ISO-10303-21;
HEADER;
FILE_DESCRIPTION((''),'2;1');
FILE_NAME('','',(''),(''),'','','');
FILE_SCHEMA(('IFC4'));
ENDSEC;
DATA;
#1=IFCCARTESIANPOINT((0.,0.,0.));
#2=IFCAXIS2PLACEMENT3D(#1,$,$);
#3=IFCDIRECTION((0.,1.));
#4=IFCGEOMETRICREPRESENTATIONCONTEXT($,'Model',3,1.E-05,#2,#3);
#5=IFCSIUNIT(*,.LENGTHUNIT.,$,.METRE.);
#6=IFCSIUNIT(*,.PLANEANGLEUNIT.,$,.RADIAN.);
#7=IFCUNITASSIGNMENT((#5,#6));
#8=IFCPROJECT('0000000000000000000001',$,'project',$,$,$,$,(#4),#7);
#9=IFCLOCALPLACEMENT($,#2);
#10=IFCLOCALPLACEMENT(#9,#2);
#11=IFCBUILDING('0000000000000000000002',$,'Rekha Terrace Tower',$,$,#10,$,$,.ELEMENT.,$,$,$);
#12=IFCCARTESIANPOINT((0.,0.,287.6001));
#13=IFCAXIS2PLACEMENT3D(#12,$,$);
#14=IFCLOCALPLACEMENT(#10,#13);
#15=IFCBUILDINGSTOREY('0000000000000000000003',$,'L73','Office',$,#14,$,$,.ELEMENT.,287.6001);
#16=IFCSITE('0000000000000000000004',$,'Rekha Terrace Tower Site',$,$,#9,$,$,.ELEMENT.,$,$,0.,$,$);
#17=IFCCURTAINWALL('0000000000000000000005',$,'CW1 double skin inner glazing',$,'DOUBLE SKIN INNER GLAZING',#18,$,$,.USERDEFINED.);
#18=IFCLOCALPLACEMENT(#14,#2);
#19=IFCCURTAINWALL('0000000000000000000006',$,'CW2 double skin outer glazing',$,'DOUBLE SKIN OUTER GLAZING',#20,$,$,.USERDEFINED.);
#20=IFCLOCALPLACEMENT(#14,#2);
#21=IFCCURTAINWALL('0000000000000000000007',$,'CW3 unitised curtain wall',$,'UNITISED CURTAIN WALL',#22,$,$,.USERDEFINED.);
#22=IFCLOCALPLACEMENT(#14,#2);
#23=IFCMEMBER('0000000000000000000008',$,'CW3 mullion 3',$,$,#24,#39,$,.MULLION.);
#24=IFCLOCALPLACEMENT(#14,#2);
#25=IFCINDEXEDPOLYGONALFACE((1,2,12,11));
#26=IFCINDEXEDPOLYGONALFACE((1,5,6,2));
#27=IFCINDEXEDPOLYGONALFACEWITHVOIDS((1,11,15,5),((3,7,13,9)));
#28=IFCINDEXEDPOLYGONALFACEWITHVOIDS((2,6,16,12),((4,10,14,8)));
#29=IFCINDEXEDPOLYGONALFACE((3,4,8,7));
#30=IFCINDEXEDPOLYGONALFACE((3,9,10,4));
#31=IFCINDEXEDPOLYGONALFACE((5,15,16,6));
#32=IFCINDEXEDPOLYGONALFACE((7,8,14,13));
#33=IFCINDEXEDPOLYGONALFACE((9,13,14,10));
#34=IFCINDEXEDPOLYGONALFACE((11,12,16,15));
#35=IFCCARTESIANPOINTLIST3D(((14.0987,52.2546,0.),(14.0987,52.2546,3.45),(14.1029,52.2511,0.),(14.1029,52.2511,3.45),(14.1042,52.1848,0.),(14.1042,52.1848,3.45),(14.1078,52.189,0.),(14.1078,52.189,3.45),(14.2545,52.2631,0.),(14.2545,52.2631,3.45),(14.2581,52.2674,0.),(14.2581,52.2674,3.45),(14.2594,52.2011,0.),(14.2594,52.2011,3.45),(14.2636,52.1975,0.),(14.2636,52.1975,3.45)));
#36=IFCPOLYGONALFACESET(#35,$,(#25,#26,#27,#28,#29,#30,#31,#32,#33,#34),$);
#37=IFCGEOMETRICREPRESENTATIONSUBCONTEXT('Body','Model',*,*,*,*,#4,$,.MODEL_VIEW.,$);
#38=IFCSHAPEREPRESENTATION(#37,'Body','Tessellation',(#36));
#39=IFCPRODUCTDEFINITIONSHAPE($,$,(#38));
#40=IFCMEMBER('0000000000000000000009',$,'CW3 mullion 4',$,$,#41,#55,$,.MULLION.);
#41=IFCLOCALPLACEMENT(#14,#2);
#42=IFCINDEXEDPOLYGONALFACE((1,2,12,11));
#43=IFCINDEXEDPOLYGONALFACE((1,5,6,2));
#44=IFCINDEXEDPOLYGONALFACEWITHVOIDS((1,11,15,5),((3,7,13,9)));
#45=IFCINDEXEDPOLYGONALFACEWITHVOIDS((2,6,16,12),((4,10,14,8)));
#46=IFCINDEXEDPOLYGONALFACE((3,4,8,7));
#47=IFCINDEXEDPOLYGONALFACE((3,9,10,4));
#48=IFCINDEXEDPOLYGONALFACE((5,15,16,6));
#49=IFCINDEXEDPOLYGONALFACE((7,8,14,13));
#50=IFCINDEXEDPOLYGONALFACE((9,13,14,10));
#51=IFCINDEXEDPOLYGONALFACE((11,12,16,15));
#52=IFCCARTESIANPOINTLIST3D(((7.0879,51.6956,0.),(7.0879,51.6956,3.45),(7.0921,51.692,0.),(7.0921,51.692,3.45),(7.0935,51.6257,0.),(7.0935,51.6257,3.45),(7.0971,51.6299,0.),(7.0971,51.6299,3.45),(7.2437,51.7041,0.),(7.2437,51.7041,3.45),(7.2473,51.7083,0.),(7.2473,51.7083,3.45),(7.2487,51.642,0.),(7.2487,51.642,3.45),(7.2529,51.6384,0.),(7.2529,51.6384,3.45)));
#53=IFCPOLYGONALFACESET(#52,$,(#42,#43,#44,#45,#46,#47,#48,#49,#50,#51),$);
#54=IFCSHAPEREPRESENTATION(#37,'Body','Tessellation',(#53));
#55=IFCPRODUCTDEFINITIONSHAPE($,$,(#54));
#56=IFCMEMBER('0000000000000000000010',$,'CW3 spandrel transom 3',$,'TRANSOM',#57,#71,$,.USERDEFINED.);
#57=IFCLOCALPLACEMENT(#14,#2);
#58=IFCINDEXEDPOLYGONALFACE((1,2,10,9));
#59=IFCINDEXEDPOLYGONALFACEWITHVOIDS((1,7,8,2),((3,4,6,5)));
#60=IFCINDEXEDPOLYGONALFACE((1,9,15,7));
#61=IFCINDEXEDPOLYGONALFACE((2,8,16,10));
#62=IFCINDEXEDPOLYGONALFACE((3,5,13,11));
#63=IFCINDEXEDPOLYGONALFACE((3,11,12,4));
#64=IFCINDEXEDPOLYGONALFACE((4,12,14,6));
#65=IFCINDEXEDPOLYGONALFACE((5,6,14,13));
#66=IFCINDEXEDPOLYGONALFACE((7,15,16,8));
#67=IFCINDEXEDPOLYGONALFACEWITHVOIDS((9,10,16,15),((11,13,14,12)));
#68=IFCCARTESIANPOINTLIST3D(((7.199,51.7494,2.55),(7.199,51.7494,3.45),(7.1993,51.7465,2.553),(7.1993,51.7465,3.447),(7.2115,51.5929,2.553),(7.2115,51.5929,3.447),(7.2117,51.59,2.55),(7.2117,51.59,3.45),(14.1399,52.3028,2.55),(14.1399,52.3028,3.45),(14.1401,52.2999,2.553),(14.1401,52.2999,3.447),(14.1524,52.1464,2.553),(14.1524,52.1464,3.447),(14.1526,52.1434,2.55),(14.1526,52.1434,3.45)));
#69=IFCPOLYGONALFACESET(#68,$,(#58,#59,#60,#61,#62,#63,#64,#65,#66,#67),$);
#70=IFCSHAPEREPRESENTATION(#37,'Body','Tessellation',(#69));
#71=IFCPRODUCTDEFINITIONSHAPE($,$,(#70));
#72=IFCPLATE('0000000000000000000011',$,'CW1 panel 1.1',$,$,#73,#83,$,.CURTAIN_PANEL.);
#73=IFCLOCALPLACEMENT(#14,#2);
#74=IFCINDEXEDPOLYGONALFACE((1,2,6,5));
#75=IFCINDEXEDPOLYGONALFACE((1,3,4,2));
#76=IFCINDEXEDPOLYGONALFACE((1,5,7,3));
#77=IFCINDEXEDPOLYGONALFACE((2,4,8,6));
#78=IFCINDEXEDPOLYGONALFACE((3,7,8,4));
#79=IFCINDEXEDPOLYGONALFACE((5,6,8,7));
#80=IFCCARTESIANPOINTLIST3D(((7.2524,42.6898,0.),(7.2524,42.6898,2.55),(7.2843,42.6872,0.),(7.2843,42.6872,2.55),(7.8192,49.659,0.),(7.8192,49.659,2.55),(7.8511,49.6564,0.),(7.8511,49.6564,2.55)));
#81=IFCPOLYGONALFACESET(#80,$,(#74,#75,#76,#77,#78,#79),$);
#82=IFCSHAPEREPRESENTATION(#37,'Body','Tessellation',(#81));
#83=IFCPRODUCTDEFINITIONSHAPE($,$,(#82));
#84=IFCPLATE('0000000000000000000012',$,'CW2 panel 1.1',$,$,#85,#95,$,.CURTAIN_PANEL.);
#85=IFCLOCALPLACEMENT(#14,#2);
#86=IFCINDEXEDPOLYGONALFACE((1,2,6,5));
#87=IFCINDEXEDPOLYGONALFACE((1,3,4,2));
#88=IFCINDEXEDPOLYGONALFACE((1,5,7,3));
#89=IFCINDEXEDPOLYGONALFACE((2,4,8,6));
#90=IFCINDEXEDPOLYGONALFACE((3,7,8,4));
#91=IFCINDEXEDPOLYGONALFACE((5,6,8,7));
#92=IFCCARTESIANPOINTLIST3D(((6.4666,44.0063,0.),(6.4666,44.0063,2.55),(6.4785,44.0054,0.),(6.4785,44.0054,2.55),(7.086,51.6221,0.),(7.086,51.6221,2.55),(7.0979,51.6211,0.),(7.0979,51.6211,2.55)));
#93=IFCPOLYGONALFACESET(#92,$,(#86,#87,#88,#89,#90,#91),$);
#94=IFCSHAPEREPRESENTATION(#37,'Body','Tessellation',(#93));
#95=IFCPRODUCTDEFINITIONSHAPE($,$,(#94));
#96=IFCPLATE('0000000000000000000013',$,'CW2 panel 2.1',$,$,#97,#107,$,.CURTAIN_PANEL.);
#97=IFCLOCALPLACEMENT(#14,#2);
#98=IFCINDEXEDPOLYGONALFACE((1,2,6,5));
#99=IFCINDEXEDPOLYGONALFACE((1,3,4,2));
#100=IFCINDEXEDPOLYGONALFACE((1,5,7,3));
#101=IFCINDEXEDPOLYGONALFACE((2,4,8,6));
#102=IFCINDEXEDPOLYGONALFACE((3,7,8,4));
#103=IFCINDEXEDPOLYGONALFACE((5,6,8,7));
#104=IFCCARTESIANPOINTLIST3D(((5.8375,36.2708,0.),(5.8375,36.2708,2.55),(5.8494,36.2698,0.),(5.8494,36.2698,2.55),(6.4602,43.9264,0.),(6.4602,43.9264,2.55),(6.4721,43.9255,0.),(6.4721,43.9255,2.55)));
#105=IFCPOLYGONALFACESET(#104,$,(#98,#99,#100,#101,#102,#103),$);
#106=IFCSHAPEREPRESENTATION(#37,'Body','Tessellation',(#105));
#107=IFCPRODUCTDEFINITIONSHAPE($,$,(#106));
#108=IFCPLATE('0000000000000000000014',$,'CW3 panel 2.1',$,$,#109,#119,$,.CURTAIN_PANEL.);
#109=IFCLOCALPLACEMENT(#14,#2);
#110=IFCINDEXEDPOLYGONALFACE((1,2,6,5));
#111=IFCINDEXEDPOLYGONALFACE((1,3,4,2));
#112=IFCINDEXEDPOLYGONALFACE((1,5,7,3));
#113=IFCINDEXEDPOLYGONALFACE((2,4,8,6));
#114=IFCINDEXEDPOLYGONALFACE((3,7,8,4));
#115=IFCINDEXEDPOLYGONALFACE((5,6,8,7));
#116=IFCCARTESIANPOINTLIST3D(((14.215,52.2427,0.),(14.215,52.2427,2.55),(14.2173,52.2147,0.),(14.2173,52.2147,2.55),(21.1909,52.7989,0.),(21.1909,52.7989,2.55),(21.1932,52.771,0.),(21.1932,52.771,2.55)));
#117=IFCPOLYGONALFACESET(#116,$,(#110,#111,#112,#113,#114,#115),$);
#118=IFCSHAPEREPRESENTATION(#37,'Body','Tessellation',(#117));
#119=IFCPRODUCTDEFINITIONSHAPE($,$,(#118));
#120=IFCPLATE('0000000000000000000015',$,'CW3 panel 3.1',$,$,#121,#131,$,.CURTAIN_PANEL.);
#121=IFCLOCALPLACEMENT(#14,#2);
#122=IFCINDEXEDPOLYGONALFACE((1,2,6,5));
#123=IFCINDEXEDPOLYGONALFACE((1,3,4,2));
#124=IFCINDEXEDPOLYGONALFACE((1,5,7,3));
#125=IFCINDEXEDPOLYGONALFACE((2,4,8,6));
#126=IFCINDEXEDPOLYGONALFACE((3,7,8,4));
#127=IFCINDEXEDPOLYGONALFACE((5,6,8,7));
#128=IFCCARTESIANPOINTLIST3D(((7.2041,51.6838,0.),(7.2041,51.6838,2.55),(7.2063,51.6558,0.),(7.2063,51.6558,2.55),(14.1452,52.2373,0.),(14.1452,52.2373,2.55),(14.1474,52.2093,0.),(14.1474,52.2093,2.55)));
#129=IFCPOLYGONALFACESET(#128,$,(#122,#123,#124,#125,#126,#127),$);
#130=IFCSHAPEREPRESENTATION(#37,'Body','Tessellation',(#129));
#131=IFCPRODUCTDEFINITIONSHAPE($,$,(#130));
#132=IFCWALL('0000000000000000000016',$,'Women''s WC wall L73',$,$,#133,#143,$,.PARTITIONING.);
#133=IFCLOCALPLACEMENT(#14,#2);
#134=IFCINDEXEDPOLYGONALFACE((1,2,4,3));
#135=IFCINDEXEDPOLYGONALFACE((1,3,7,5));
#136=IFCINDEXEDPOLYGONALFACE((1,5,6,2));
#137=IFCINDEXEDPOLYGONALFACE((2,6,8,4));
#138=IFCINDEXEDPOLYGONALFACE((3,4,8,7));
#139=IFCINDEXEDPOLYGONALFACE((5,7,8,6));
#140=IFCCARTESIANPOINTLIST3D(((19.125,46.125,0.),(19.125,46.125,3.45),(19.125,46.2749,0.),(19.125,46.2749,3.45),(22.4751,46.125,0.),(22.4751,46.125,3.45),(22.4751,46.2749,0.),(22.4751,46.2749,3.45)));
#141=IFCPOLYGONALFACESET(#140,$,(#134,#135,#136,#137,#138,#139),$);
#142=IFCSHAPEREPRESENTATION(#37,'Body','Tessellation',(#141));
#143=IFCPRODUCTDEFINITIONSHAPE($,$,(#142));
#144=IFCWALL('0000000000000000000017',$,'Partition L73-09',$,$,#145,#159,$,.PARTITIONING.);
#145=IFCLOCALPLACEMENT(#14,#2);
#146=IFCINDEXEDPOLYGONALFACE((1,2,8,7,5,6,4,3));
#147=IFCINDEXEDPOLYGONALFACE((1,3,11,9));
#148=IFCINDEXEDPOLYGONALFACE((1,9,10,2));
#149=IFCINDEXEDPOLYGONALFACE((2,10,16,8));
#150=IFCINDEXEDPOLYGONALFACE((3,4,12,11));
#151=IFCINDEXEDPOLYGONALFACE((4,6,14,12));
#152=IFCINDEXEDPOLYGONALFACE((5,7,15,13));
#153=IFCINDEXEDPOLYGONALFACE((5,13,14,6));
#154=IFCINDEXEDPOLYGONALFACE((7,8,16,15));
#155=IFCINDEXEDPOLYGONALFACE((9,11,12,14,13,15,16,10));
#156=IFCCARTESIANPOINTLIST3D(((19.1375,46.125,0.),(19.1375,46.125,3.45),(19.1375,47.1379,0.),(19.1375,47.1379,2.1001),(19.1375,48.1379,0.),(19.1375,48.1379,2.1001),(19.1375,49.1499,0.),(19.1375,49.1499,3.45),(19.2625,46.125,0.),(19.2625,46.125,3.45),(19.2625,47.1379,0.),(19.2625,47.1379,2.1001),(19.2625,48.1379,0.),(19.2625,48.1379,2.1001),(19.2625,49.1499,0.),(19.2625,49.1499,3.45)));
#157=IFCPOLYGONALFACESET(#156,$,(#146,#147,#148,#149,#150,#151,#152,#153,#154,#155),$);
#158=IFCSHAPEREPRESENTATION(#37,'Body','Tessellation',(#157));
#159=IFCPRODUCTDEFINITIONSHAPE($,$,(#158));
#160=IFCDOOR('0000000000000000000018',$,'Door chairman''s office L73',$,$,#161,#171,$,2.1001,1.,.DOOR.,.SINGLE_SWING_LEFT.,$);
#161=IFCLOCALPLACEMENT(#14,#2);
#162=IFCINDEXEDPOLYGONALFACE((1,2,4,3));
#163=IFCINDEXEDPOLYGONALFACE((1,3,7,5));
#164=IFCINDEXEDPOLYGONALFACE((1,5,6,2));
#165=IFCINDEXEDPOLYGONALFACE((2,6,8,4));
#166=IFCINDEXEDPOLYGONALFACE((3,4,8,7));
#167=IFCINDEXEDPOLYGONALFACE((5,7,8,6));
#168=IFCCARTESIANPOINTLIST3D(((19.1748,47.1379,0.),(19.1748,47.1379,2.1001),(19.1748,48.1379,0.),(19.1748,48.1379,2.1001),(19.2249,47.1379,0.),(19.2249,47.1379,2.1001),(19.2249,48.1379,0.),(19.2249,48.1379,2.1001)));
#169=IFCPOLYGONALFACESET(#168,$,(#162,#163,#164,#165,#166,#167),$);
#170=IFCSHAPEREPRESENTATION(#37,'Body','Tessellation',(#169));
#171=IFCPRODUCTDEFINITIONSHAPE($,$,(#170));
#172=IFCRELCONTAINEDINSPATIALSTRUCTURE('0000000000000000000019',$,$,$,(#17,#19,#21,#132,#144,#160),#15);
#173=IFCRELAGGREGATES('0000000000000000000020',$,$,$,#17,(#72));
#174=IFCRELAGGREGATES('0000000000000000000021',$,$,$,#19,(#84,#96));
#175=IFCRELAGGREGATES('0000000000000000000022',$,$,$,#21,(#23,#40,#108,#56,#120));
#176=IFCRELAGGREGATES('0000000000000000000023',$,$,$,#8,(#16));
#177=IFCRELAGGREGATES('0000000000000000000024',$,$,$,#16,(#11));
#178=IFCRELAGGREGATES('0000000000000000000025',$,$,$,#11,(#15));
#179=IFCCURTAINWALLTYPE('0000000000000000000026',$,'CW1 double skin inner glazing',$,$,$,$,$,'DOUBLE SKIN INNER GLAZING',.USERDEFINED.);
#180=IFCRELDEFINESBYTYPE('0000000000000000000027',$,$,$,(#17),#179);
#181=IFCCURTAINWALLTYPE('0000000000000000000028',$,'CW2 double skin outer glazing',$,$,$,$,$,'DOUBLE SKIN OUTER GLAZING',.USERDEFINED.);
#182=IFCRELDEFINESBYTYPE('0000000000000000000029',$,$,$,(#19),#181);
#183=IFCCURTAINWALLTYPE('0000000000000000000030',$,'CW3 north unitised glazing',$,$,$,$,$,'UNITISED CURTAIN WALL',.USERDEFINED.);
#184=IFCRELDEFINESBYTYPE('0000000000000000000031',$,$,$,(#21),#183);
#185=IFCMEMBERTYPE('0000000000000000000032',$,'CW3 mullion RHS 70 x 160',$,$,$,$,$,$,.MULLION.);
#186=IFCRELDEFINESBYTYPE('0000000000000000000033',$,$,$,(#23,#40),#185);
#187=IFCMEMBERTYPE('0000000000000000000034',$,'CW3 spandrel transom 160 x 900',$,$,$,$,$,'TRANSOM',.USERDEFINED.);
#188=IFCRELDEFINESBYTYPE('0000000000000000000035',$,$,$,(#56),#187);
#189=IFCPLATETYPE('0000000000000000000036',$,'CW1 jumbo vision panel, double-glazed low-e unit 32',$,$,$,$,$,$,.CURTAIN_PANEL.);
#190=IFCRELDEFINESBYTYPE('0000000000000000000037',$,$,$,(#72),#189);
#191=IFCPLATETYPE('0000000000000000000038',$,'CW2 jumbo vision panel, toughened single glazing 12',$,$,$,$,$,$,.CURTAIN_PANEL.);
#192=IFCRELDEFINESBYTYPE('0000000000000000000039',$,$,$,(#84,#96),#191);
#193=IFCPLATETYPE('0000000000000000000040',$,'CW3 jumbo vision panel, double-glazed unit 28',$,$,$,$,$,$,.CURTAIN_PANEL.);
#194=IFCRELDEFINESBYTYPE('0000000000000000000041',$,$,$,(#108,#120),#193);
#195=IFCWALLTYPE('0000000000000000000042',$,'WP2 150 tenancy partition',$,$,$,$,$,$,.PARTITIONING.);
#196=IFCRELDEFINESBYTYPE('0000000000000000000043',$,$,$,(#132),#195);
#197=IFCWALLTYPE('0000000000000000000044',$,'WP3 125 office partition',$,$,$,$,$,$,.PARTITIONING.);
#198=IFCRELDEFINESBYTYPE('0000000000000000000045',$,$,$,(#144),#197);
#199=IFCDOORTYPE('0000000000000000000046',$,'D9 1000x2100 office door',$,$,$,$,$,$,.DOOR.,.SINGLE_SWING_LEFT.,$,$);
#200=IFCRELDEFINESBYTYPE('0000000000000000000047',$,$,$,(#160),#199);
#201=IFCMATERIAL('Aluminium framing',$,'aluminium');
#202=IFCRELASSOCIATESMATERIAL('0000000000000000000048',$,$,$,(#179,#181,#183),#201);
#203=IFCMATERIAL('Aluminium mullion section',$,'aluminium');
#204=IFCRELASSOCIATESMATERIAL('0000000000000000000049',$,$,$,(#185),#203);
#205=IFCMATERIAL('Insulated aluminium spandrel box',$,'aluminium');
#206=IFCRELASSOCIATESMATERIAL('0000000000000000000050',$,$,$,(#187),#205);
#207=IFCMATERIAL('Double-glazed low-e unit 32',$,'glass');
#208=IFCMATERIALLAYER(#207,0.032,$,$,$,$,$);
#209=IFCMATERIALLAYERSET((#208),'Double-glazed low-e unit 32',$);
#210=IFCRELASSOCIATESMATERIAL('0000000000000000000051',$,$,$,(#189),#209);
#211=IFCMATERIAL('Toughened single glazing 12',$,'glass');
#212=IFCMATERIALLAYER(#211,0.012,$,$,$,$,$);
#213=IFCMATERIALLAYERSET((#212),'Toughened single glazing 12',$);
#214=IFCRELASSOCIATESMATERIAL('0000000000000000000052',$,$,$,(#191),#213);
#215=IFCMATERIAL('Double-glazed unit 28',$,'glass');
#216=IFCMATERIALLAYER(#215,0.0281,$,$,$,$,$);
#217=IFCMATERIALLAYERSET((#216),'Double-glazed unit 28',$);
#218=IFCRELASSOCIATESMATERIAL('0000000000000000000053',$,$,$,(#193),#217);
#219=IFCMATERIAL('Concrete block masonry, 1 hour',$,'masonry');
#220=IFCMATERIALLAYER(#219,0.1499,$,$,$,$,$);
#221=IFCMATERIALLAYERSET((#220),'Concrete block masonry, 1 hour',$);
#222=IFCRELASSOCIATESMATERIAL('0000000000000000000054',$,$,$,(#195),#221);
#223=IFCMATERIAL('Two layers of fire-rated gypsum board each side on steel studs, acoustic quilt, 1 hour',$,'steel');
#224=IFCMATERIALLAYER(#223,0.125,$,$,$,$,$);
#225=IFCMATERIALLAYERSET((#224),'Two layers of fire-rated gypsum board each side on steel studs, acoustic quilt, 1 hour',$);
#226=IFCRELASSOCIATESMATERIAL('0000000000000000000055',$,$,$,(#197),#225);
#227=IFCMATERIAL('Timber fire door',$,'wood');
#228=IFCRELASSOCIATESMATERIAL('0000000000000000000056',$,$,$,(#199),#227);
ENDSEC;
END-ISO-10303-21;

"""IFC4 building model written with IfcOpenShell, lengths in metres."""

from ifc_helpers import new_model, si_unit, direction, frame, frame_2d, origin, origin_2d, place, context, subcontext, project, spatial, rectangle, hollow_rectangle, extrude, material, layer, layer_set, material_profile, profile_set, type_object, element, fill, aggregate, save


model = new_model("IFC4")

# Units and contexts
model_context = context("Model", 3, precision=1e-05, world=origin(), true_north=direction((0.0, 1.0)))
body_context = subcontext(model_context, "Body", "Model", "MODEL_VIEW")
ifc_project = project(units=[si_unit("LENGTHUNIT", "METRE"), si_unit("PLANEANGLEUNIT", "RADIAN")], contexts=[model_context])

# Site, building, storey
site_placement = place(None, origin())
site = spatial("IfcSite", under=ifc_project, at=site_placement, Name="Rekha Terrace Tower Site", CompositionType="ELEMENT", RefElevation=0.0)
building_placement = place(site_placement, origin())
building = spatial("IfcBuilding", under=site, at=building_placement, Name="Rekha Terrace Tower", CompositionType="ELEMENT")
storey_placement = place(building_placement, frame((0.0, 0.0, 287.6001)))
storey = spatial("IfcBuildingStorey", under=building, at=storey_placement, Name="L73", Description="Office", CompositionType="ELEMENT", Elevation=287.6001)

# Curtain walls, members
ifc_material_1 = material(Name="Aluminium framing", Category="aluminium")
curtain_wall_type_1 = type_object("IfcCurtainWallType", Name="CW1 double skin inner glazing", ElementType="DOUBLE SKIN INNER GLAZING", PredefinedType="USERDEFINED", material=ifc_material_1)
curtain_wall_1_placement = place(storey_placement, origin())
curtain_wall_1 = element("IfcCurtainWall", 1, at=curtain_wall_1_placement, inside=storey, type_object=curtain_wall_type_1, Name="CW1 double skin inner glazing", ObjectType="DOUBLE SKIN INNER GLAZING", PredefinedType="USERDEFINED")
ifc_material_2 = material(Name="Aluminium mullion section", Category="aluminium")
ifc_material_3 = material(Name="Insulated aluminium spandrel box", Category="aluminium")
curtain_wall_type_2 = type_object("IfcCurtainWallType", Name="CW2 double skin outer glazing", ElementType="DOUBLE SKIN OUTER GLAZING", PredefinedType="USERDEFINED", material=ifc_material_1)
curtain_wall_2_placement = place(storey_placement, origin())
curtain_wall_2 = element("IfcCurtainWall", 2, at=curtain_wall_2_placement, inside=storey, type_object=curtain_wall_type_2, Name="CW2 double skin outer glazing", ObjectType="DOUBLE SKIN OUTER GLAZING", PredefinedType="USERDEFINED")
curtain_wall_type_3 = type_object("IfcCurtainWallType", Name="CW3 north unitised glazing", ElementType="UNITISED CURTAIN WALL", PredefinedType="USERDEFINED", material=ifc_material_1)
curtain_wall_3_placement = place(storey_placement, origin())
curtain_wall_3 = element("IfcCurtainWall", 3, at=curtain_wall_3_placement, inside=storey, type_object=curtain_wall_type_3, Name="CW3 unitised curtain wall", ObjectType="UNITISED CURTAIN WALL", PredefinedType="USERDEFINED")
ifc_material_profile_1 = material_profile(ifc_material_2, hollow_rectangle(XDim=0.0701, YDim=0.1599, WallThickness=0.0039, at=origin_2d()), Name="AL RHS 70x160")
ifc_profile_set_1 = profile_set([ifc_material_profile_1], Name="Aluminium mullion section")
member_type_1 = type_object("IfcMemberType", Name="CW3 mullion RHS 70 x 160", PredefinedType="MULLION", material=ifc_profile_set_1)
member_1_placement = place(storey_placement, frame((14.1812, 52.2261, 0.0), z_axis=(0.0, 0.0, 1.0), x_axis=(0.079485, -0.996836, 0.0)))
member_1 = element("IfcMember", 4, at=member_1_placement, type_object=member_type_1, Name="CW3 mullion 3", PredefinedType="MULLION", context=body_context, shape_type="SweptSolid", body=[
    extrude(hollow_rectangle(XDim=0.0701, YDim=0.1599, WallThickness=0.0039, at=origin_2d()), origin(), (0.0, 0.0, 1.0), 3.45),
])
member_2_placement = place(storey_placement, frame((7.1704, 51.667, 0.0), z_axis=(0.0, 0.0, 1.0), x_axis=(0.079485, -0.996836, 0.0)))
member_2 = element("IfcMember", 5, at=member_2_placement, type_object=member_type_1, Name="CW3 mullion 4", PredefinedType="MULLION", context=body_context, shape_type="SweptSolid", body=[
    extrude(hollow_rectangle(XDim=0.0701, YDim=0.1599, WallThickness=0.0039, at=origin_2d()), origin(), (0.0, 0.0, 1.0), 3.45),
])
ifc_material_profile_2 = material_profile(ifc_material_3, hollow_rectangle(XDim=0.1599, YDim=0.8999, WallThickness=0.0029, at=origin_2d()), Name="AL SPANDREL BOX 160x900")
ifc_profile_set_2 = profile_set([ifc_material_profile_2], Name="Insulated aluminium spandrel box")
member_type_2 = type_object("IfcMemberType", Name="CW3 spandrel transom 160 x 900", ElementType="TRANSOM", PredefinedType="USERDEFINED", material=ifc_profile_set_2)
member_3_placement = place(storey_placement, frame((14.1462, 52.2231, 3.0), z_axis=(-0.996836, -0.079487, 0.0), x_axis=(0.079487, -0.996836, 0.0)))
member_3 = element("IfcMember", 6, at=member_3_placement, type_object=member_type_2, Name="CW3 spandrel transom 3", ObjectType="TRANSOM", PredefinedType="USERDEFINED", context=body_context, shape_type="SweptSolid", body=[
    extrude(hollow_rectangle(XDim=0.1599, YDim=0.8999, WallThickness=0.0029, at=origin_2d()), origin(), (0.0, 0.0, 1.0), 6.9629),
])

# Plates
ifc_material_4 = material(Name="Double-glazed low-e unit 32", Category="glass")
ifc_layer_1 = layer(ifc_material_4, 0.032)
ifc_layer_set_1 = layer_set([ifc_layer_1], Name="Double-glazed low-e unit 32")
plate_type_1 = type_object("IfcPlateType", Name="CW1 jumbo vision panel, double-glazed low-e unit 32", PredefinedType="CURTAIN_PANEL", material=ifc_layer_set_1)
plate_1_placement = place(storey_placement, frame((7.5518, 46.1731, 0.0), z_axis=(0.0, 0.0, 1.0), x_axis=(-0.081068, -0.996709, 0.0)))
plate_1 = element("IfcPlate", 7, at=plate_1_placement, type_object=plate_type_1, Name="CW1 panel 1.1", PredefinedType="CURTAIN_PANEL", context=body_context, shape_type="SweptSolid", body=[
    extrude(rectangle(XDim=6.9922, YDim=0.032, at=origin_2d()), origin(), (0.0, 0.0, 1.0), 2.55),
])
aggregate(curtain_wall_1, [plate_1])
ifc_material_5 = material(Name="Toughened single glazing 12", Category="glass")
ifc_layer_2 = layer(ifc_material_5, 0.012)
ifc_layer_set_2 = layer_set([ifc_layer_2], Name="Toughened single glazing 12")
plate_type_2 = type_object("IfcPlateType", Name="CW2 jumbo vision panel, toughened single glazing 12", PredefinedType="CURTAIN_PANEL", material=ifc_layer_set_2)
plate_2_placement = place(storey_placement, frame((6.7822, 47.8137, 0.0), z_axis=(0.0, 0.0, 1.0), x_axis=(-0.081068, -0.996709, 0.0)))
plate_2 = element("IfcPlate", 8, at=plate_2_placement, type_object=plate_type_2, Name="CW2 panel 1.1", PredefinedType="CURTAIN_PANEL", context=body_context, shape_type="SweptSolid", body=[
    extrude(rectangle(XDim=7.6409, YDim=0.012, at=origin_2d()), origin(), (0.0, 0.0, 1.0), 2.55),
])
plate_3_placement = place(storey_placement, frame((6.1548, 40.0981, 0.0), z_axis=(0.0, 0.0, 1.0), x_axis=(-0.081068, -0.996709, 0.0)))
plate_3 = element("IfcPlate", 9, at=plate_3_placement, type_object=plate_type_2, Name="CW2 panel 2.1", PredefinedType="CURTAIN_PANEL", context=body_context, shape_type="SweptSolid", body=[
    extrude(rectangle(XDim=7.6809, YDim=0.012, at=origin_2d()), origin(), (0.0, 0.0, 1.0), 2.55),
])
aggregate(curtain_wall_2, [plate_2, plate_3])
ifc_material_6 = material(Name="Double-glazed unit 28", Category="glass")
ifc_layer_3 = layer(ifc_material_6, 0.0281)
ifc_layer_set_3 = layer_set([ifc_layer_3], Name="Double-glazed unit 28")
plate_type_3 = type_object("IfcPlateType", Name="CW3 jumbo vision panel, double-glazed unit 28", PredefinedType="CURTAIN_PANEL", material=ifc_layer_set_3)
plate_4_placement = place(storey_placement, frame((17.7041, 52.5068, 0.0), z_axis=(0.0, 0.0, 1.0), x_axis=(-0.996836, -0.079485, 0.0)))
plate_4 = element("IfcPlate", 10, at=plate_4_placement, type_object=plate_type_3, Name="CW3 panel 2.1", PredefinedType="CURTAIN_PANEL", context=body_context, shape_type="SweptSolid", body=[
    extrude(rectangle(XDim=6.998, YDim=0.0281, at=origin_2d()), origin(), (0.0, 0.0, 1.0), 2.55),
])
plate_5_placement = place(storey_placement, frame((10.6758, 51.9465, 0.0), z_axis=(0.0, 0.0, 1.0), x_axis=(-0.996836, -0.079485, 0.0)))
plate_5 = element("IfcPlate", 11, at=plate_5_placement, type_object=plate_type_3, Name="CW3 panel 3.1", PredefinedType="CURTAIN_PANEL", context=body_context, shape_type="SweptSolid", body=[
    extrude(rectangle(XDim=6.9631, YDim=0.0281, at=origin_2d()), origin(), (0.0, 0.0, 1.0), 2.55),
])
aggregate(curtain_wall_3, [member_1, member_2, plate_4, member_3, plate_5])

# Wall
ifc_material_7 = material(Name="Concrete block masonry, 1 hour", Category="masonry")
ifc_layer_4 = layer(ifc_material_7, 0.1499)
ifc_layer_set_4 = layer_set([ifc_layer_4], Name="Concrete block masonry, 1 hour")
wall_type_1 = type_object("IfcWallType", Name="WP2 150 tenancy partition", PredefinedType="PARTITIONING", material=ifc_layer_set_4)
wall_1_placement = place(storey_placement, frame((19.125, 46.2, 0.0), z_axis=(0.0, 0.0, 1.0), x_axis=(1.0, 0.0, 0.0)))
element("IfcWall", 12, at=wall_1_placement, inside=storey, type_object=wall_type_1, Name="Women's WC wall L73", PredefinedType="PARTITIONING", context=body_context, shape_type="SweptSolid", body=[
    extrude(rectangle(XDim=3.3501, YDim=0.1499, at=frame_2d((1.675, 0.0))), origin(), (0.0, 0.0, 1.0), 3.45),
])

# Wall, opening, door
ifc_material_8 = material(Name="Two layers of fire-rated gypsum board each side on steel studs, acoustic quilt, 1 hour", Category="steel")
ifc_layer_5 = layer(ifc_material_8, 0.125)
ifc_layer_set_5 = layer_set([ifc_layer_5], Name="Two layers of fire-rated gypsum board each side on steel studs, acoustic quilt, 1 hour")
wall_type_2 = type_object("IfcWallType", Name="WP3 125 office partition", PredefinedType="PARTITIONING", material=ifc_layer_set_5)
wall_2_placement = place(storey_placement, frame((19.2, 49.1499, 0.0), z_axis=(0.0, 0.0, 1.0), x_axis=(0.0, -1.0, 0.0)))
wall_2 = element("IfcWall", 13, at=wall_2_placement, inside=storey, type_object=wall_type_2, Name="Partition L73-09", PredefinedType="PARTITIONING", context=body_context, shape_type="SweptSolid", body=[
    extrude(rectangle(XDim=3.0249, YDim=0.125, at=frame_2d((1.5125, 0.0))), origin(), (0.0, 0.0, 1.0), 3.45),
])
opening_placement = place(wall_2_placement, frame((1.012, 0.0, 0.0)))
opening = element("IfcOpeningElement", 14, at=opening_placement, cuts=wall_2, PredefinedType="OPENING", context=body_context, shape_type="SweptSolid", body=[
    extrude(rectangle(XDim=1.0, YDim=2.1001, at=frame_2d((0.5, 1.05))), frame((0.0, 0.0725, 0.0), z_axis=(0.0, -1.0, 0.0), x_axis=(1.0, 0.0, 0.0)), (0.0, 0.0, 1.0), 0.145),
])
ifc_material_9 = material(Name="Timber fire door", Category="wood")
door_type = type_object("IfcDoorType", Name="D9 1000x2100 office door", OperationType="SINGLE_SWING_LEFT", PredefinedType="DOOR", material=ifc_material_9)
door_placement = place(opening_placement, origin())
door = element("IfcDoor", 15, at=door_placement, inside=storey, type_object=door_type, Name="Door chairman's office L73", OperationType="SINGLE_SWING_LEFT", OverallHeight=2.1001, OverallWidth=1.0, PredefinedType="DOOR", context=body_context, shape_type="SweptSolid", body=[
    extrude(rectangle(XDim=1.0, YDim=2.1001, at=frame_2d((0.5, 1.05))), frame((0.0, 0.0249, 0.0), z_axis=(0.0, -1.0, 0.0), x_axis=(1.0, 0.0, 0.0)), (0.0, 0.0, 1.0), 0.05),
])
fill(opening, door)

save(model, "model.ifc")
